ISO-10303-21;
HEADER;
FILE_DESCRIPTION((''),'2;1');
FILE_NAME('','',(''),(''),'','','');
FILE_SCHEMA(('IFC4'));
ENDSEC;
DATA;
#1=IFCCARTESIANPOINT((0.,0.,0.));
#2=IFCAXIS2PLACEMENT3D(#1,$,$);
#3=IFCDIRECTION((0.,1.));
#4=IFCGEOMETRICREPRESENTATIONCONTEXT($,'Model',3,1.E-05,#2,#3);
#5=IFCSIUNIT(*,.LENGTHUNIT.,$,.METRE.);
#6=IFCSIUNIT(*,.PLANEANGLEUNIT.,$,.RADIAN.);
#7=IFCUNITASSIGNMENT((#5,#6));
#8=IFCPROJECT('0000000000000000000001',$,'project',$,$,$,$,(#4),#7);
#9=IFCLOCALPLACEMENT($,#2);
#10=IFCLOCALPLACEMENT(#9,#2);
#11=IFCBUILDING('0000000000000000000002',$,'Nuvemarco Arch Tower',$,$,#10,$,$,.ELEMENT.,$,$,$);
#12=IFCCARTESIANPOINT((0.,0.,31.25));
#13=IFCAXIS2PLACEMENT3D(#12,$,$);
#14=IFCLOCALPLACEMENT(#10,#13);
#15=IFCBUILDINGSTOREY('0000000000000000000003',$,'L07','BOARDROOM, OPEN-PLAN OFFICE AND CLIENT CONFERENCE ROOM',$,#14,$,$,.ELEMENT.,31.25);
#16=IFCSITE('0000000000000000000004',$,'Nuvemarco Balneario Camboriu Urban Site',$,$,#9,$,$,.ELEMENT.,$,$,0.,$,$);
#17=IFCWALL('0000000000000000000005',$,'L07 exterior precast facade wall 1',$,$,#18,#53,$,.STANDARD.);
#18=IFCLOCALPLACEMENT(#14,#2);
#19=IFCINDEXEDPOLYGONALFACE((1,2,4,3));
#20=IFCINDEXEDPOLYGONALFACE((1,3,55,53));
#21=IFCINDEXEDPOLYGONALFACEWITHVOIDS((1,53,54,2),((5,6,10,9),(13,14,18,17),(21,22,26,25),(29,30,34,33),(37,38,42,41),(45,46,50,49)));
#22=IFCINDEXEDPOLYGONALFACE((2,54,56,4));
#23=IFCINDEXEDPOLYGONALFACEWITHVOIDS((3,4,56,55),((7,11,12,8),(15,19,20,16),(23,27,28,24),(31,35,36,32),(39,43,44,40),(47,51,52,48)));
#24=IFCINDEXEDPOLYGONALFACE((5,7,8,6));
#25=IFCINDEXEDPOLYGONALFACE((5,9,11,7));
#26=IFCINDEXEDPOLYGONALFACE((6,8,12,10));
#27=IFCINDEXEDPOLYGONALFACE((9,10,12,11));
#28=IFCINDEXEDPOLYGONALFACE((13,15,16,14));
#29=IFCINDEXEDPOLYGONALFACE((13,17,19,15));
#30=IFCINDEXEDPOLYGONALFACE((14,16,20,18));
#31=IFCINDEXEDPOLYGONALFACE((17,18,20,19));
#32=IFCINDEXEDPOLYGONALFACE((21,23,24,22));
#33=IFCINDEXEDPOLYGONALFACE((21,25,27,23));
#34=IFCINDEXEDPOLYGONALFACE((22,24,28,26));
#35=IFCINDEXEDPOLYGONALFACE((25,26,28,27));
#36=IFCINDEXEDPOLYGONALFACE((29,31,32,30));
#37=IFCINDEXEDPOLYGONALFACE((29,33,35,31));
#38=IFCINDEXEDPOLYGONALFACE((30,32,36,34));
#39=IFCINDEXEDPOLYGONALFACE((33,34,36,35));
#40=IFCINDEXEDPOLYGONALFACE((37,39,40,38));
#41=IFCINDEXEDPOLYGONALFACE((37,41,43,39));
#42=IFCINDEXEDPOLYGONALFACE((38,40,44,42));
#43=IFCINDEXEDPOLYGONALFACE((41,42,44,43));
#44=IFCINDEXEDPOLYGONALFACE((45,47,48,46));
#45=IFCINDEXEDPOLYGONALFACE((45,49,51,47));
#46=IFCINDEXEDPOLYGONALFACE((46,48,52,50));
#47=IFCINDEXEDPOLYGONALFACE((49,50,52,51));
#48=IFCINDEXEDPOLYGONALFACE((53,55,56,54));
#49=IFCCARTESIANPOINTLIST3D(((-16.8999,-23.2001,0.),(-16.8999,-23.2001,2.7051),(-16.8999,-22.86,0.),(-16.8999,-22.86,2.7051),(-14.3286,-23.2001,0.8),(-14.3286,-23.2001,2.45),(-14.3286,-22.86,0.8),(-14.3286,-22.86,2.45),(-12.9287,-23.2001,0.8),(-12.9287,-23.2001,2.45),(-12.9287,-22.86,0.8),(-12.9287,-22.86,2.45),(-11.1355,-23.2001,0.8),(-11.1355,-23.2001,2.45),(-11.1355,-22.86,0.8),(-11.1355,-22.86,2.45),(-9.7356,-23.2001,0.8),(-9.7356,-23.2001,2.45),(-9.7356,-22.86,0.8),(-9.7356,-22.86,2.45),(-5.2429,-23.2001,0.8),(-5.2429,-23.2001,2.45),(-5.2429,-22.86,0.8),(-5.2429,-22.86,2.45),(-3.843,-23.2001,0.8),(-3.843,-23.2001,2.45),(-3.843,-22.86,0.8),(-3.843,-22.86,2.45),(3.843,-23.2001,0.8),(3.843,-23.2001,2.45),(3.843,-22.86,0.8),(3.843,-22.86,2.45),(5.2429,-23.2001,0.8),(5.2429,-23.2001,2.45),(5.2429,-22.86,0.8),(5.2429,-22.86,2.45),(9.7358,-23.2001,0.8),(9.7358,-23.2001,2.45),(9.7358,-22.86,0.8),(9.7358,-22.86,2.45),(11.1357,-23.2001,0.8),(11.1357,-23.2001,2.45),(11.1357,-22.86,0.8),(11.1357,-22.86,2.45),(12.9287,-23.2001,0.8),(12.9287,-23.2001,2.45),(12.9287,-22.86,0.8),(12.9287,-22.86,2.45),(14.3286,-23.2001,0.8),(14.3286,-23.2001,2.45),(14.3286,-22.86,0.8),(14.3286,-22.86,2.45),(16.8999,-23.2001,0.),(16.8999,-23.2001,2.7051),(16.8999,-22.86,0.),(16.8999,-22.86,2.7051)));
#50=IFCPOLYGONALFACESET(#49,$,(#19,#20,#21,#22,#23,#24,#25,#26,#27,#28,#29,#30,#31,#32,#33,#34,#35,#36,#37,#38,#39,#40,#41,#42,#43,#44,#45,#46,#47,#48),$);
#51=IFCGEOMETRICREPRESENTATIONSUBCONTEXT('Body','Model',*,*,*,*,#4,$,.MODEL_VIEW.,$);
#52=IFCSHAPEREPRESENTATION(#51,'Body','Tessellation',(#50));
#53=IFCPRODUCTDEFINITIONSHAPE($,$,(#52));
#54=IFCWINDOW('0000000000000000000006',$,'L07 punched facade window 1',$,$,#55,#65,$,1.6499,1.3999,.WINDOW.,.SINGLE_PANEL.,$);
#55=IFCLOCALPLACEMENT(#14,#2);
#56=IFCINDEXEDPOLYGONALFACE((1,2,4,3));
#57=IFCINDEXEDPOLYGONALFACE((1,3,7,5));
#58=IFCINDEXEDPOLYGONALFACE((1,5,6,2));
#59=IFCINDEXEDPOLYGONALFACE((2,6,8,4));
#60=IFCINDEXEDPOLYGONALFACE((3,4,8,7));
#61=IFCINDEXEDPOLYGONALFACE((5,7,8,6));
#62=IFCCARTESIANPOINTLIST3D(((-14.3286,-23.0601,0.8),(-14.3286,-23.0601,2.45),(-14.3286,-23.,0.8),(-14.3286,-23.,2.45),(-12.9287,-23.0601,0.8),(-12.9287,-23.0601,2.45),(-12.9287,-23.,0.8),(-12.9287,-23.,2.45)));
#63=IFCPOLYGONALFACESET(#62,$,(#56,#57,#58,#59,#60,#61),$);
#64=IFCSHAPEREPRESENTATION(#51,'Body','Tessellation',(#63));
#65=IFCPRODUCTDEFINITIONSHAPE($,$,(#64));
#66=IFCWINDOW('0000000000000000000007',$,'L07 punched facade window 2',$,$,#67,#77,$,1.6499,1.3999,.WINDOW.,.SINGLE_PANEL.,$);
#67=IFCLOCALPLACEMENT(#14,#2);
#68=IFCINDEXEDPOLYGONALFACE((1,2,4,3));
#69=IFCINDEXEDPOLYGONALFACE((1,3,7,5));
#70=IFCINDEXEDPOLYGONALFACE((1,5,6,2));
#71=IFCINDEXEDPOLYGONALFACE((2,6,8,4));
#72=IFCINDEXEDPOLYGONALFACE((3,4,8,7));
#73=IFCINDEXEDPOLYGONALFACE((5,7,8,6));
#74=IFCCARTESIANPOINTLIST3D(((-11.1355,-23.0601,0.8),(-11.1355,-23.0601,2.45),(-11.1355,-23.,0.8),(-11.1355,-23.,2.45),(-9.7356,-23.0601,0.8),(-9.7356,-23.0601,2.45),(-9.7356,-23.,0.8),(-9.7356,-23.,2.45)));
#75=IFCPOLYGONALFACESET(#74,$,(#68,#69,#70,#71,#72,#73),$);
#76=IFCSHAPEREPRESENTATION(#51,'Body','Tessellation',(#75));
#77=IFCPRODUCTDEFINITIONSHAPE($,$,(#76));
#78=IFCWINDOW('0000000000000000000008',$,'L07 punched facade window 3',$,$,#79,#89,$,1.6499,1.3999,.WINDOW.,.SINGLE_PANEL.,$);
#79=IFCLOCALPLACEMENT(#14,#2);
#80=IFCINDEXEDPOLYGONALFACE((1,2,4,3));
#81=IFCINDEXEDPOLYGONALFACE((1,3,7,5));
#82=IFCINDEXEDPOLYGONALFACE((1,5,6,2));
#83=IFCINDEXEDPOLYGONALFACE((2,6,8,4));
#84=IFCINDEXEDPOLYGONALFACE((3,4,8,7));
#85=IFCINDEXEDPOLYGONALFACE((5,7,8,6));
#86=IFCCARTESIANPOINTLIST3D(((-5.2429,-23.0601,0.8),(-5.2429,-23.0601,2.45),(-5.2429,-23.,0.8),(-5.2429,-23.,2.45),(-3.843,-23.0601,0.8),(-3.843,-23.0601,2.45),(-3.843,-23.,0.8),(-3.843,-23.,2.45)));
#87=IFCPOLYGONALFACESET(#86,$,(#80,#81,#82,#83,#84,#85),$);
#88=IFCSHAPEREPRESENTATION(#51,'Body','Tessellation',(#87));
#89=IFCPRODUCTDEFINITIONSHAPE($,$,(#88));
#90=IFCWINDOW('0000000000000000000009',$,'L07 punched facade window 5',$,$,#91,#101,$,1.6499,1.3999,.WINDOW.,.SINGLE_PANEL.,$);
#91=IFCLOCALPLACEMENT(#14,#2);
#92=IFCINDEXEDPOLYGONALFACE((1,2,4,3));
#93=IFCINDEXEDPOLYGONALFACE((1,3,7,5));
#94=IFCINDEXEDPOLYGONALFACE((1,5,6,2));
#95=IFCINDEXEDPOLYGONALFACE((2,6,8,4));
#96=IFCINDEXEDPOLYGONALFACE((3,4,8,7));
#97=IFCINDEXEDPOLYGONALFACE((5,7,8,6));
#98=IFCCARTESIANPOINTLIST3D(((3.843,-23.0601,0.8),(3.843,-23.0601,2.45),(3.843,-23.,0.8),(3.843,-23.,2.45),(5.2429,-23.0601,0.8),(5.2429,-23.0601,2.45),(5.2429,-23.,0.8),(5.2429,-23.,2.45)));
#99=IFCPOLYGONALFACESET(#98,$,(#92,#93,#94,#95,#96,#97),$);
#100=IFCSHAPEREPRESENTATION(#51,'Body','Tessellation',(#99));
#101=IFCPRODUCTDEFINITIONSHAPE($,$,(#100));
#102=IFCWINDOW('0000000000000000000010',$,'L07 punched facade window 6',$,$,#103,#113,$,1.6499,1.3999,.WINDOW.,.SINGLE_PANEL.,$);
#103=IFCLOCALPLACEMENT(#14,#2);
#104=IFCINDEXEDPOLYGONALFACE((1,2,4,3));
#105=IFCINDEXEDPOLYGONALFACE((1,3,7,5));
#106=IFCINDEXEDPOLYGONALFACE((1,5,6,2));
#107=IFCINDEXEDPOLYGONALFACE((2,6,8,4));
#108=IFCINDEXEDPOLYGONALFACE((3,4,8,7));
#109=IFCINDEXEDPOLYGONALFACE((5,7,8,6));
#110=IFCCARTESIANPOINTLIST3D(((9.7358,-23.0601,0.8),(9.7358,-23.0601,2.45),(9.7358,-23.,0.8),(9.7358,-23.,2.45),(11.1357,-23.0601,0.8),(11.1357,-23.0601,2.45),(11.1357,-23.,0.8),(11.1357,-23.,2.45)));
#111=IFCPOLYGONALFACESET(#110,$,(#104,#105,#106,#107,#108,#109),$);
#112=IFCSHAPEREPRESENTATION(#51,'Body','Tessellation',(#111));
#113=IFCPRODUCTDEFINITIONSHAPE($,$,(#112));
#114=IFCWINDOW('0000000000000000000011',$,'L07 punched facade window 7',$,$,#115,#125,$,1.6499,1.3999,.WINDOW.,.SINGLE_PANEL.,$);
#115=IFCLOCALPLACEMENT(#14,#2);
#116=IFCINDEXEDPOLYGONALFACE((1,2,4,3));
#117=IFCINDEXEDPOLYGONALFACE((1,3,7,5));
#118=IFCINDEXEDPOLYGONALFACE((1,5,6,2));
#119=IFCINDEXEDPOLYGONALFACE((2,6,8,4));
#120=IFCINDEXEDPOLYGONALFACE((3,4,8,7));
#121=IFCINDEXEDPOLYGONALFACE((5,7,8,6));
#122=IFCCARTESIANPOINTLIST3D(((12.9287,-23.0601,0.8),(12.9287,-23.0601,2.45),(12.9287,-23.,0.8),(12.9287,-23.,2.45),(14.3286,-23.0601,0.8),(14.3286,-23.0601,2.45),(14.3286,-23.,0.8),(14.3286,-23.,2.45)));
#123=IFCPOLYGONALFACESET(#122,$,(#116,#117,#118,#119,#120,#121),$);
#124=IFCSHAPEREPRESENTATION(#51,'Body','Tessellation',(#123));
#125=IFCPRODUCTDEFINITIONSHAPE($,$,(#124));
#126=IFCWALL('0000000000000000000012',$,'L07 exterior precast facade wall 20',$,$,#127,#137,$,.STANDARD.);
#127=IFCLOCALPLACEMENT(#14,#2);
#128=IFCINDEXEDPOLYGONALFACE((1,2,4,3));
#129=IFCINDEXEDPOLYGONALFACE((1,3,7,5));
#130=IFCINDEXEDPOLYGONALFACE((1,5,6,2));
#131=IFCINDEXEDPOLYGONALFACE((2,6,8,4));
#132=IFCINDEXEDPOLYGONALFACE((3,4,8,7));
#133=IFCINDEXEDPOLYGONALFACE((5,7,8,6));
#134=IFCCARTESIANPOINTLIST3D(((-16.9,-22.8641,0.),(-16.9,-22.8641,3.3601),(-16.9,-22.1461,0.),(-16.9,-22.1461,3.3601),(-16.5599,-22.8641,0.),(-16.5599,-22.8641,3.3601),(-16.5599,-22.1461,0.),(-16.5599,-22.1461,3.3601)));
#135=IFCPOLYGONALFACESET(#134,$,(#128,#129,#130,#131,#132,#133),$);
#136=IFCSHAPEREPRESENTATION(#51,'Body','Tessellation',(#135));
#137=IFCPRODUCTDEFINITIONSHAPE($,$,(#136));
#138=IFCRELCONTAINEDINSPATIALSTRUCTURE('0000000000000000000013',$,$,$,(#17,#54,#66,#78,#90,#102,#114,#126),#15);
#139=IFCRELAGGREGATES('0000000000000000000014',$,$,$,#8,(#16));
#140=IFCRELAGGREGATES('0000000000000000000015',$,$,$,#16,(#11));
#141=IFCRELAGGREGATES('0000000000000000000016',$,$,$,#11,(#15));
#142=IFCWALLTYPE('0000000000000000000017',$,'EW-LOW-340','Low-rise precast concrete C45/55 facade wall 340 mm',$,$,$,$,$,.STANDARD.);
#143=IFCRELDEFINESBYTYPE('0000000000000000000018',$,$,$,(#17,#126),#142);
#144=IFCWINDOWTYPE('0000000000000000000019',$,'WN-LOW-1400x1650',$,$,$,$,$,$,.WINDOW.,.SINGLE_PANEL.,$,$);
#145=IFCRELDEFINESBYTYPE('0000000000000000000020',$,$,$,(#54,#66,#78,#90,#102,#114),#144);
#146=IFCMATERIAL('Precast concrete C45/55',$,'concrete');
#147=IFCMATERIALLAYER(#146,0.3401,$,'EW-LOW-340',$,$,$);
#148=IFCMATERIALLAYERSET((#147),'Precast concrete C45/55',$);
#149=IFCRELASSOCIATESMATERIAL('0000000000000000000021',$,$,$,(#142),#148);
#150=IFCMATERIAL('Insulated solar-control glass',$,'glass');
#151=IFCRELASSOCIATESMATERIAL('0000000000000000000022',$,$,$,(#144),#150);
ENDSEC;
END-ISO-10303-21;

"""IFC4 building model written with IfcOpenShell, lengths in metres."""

from ifc_helpers import new_model, si_unit, direction, frame, frame_2d, origin, place, context, subcontext, project, spatial, rectangle, extrude, source, transform, mapped, material, layer, layer_set, type_object, type_shapes, element, fill, save


model = new_model("IFC4")

# Units and contexts
model_context = context("Model", 3, precision=1e-05, world=origin(), true_north=direction((0.0, 1.0)))
body_context = subcontext(model_context, "Body", "Model", "MODEL_VIEW")
ifc_project = project(units=[si_unit("LENGTHUNIT", "METRE"), si_unit("PLANEANGLEUNIT", "RADIAN")], contexts=[model_context])

# Site, building, storey
site_placement = place(None, origin())
site = spatial("IfcSite", under=ifc_project, at=site_placement, Name="Nuvemarco Balneario Camboriu Urban Site", CompositionType="ELEMENT", RefElevation=0.0)
building_placement = place(site_placement, origin())
building = spatial("IfcBuilding", under=site, at=building_placement, Name="Nuvemarco Arch Tower", CompositionType="ELEMENT")
storey_placement = place(building_placement, frame((0.0, 0.0, 31.25)))
storey = spatial("IfcBuildingStorey", under=building, at=storey_placement, Name="L07", Description="BOARDROOM, OPEN-PLAN OFFICE AND CLIENT CONFERENCE ROOM", CompositionType="ELEMENT", Elevation=31.25)

# Wall, openings, windows
ifc_material_1 = material(Name="Precast concrete C45/55", Category="concrete")
ifc_layer_1 = layer(ifc_material_1, 0.3401, Name="EW-LOW-340")
ifc_layer_set_1 = layer_set([ifc_layer_1], Name="Precast concrete C45/55")
wall_type_1 = type_object("IfcWallType", Name="EW-LOW-340", Description="Low-rise precast concrete C45/55 facade wall 340 mm", PredefinedType="STANDARD", material=ifc_layer_set_1)
wall_1_placement = place(storey_placement, frame((-16.8999, -23.03, 0.0), z_axis=(0.0, 0.0, 1.0), x_axis=(1.0, 0.0, 0.0)))
wall_1 = element("IfcWall", 1, at=wall_1_placement, inside=storey, type_object=wall_type_1, Name="L07 exterior precast facade wall 1", PredefinedType="STANDARD", context=body_context, shape_type="SweptSolid", body=[
    extrude(rectangle(XDim=33.7998, YDim=0.3401, at=frame_2d((16.8999, 0.0))), origin(), (0.0, 0.0, 1.0), 2.7051),
])
opening_1_placement = place(wall_1_placement, frame((2.5713, 0.0, 0.8)))
opening_1 = element("IfcOpeningElement", 2, at=opening_1_placement, cuts=wall_1, PredefinedType="OPENING", context=body_context, shape_type="SweptSolid", body=[
    extrude(rectangle(XDim=1.3999, YDim=1.6499, at=frame_2d((0.7, 0.825))), frame((0.0, 0.1799, 0.0), z_axis=(0.0, -1.0, 0.0), x_axis=(1.0, 0.0, 0.0)), (0.0, 0.0, 1.0), 0.3601),
])
opening_2_placement = place(wall_1_placement, frame((5.7644, 0.0, 0.8)))
opening_2 = element("IfcOpeningElement", 3, at=opening_2_placement, cuts=wall_1, PredefinedType="OPENING", context=body_context, shape_type="SweptSolid", body=[
    extrude(rectangle(XDim=1.3999, YDim=1.6499, at=frame_2d((0.7, 0.825))), frame((0.0, 0.1799, 0.0), z_axis=(0.0, -1.0, 0.0), x_axis=(1.0, 0.0, 0.0)), (0.0, 0.0, 1.0), 0.3601),
])
opening_3_placement = place(wall_1_placement, frame((11.657, 0.0, 0.8)))
opening_3 = element("IfcOpeningElement", 4, at=opening_3_placement, cuts=wall_1, PredefinedType="OPENING", context=body_context, shape_type="SweptSolid", body=[
    extrude(rectangle(XDim=1.3999, YDim=1.6499, at=frame_2d((0.7, 0.825))), frame((0.0, 0.1799, 0.0), z_axis=(0.0, -1.0, 0.0), x_axis=(1.0, 0.0, 0.0)), (0.0, 0.0, 1.0), 0.3601),
])
opening_4_placement = place(wall_1_placement, frame((20.7429, 0.0, 0.8)))
opening_4 = element("IfcOpeningElement", 5, at=opening_4_placement, cuts=wall_1, PredefinedType="OPENING", context=body_context, shape_type="SweptSolid", body=[
    extrude(rectangle(XDim=1.3999, YDim=1.6499, at=frame_2d((0.7, 0.825))), frame((0.0, 0.1799, 0.0), z_axis=(0.0, -1.0, 0.0), x_axis=(1.0, 0.0, 0.0)), (0.0, 0.0, 1.0), 0.3601),
])
opening_5_placement = place(wall_1_placement, frame((26.6357, 0.0, 0.8)))
opening_5 = element("IfcOpeningElement", 6, at=opening_5_placement, cuts=wall_1, PredefinedType="OPENING", context=body_context, shape_type="SweptSolid", body=[
    extrude(rectangle(XDim=1.3999, YDim=1.6499, at=frame_2d((0.7, 0.825))), frame((0.0, 0.1799, 0.0), z_axis=(0.0, -1.0, 0.0), x_axis=(1.0, 0.0, 0.0)), (0.0, 0.0, 1.0), 0.3601),
])
opening_6_placement = place(wall_1_placement, frame((29.8286, 0.0, 0.8)))
opening_6 = element("IfcOpeningElement", 7, at=opening_6_placement, cuts=wall_1, PredefinedType="OPENING", context=body_context, shape_type="SweptSolid", body=[
    extrude(rectangle(XDim=1.3999, YDim=1.6499, at=frame_2d((0.7, 0.825))), frame((0.0, 0.1799, 0.0), z_axis=(0.0, -1.0, 0.0), x_axis=(1.0, 0.0, 0.0)), (0.0, 0.0, 1.0), 0.3601),
])
ifc_material_2 = material(Name="Insulated solar-control glass", Category="glass")
window_type = type_object("IfcWindowType", Name="WN-LOW-1400x1650", PartitioningType="SINGLE_PANEL", PredefinedType="WINDOW", material=ifc_material_2)
shared_shape_1 = source(origin(), body_context, "Body", "SweptSolid", [
    extrude(rectangle(XDim=1.3999, YDim=1.6499, at=frame_2d((0.7, 0.825))), frame((0.0, 0.03, 0.0), z_axis=(0.0, -1.0, 0.0), x_axis=(1.0, 0.0, 0.0)), (0.0, 0.0, 1.0), 0.0601),
])
type_shapes(window_type, [shared_shape_1])
window_1_placement = place(opening_1_placement, origin())
window_1 = element("IfcWindow", 8, at=window_1_placement, inside=storey, type_object=window_type, Name="L07 punched facade window 1", OverallHeight=1.6499, OverallWidth=1.3999, PartitioningType="SINGLE_PANEL", PredefinedType="WINDOW", context=body_context, shape_type="MappedRepresentation", body=[
    mapped(shared_shape_1, transform((0.0, 0.0, 0.0), scale=1.0)),
])
fill(opening_1, window_1)
window_2_placement = place(opening_2_placement, origin())
window_2 = element("IfcWindow", 9, at=window_2_placement, inside=storey, type_object=window_type, Name="L07 punched facade window 2", OverallHeight=1.6499, OverallWidth=1.3999, PartitioningType="SINGLE_PANEL", PredefinedType="WINDOW", context=body_context, shape_type="MappedRepresentation", body=[
    mapped(shared_shape_1, transform((0.0, 0.0, 0.0), scale=1.0)),
])
fill(opening_2, window_2)
window_3_placement = place(opening_3_placement, origin())
window_3 = element("IfcWindow", 10, at=window_3_placement, inside=storey, type_object=window_type, Name="L07 punched facade window 3", OverallHeight=1.6499, OverallWidth=1.3999, PartitioningType="SINGLE_PANEL", PredefinedType="WINDOW", context=body_context, shape_type="MappedRepresentation", body=[
    mapped(shared_shape_1, transform((0.0, 0.0, 0.0), scale=1.0)),
])
fill(opening_3, window_3)
window_4_placement = place(opening_4_placement, origin())
window_4 = element("IfcWindow", 11, at=window_4_placement, inside=storey, type_object=window_type, Name="L07 punched facade window 5", OverallHeight=1.6499, OverallWidth=1.3999, PartitioningType="SINGLE_PANEL", PredefinedType="WINDOW", context=body_context, shape_type="MappedRepresentation", body=[
    mapped(shared_shape_1, transform((0.0, 0.0, 0.0), scale=1.0)),
])
fill(opening_4, window_4)
window_5_placement = place(opening_5_placement, origin())
window_5 = element("IfcWindow", 12, at=window_5_placement, inside=storey, type_object=window_type, Name="L07 punched facade window 6", OverallHeight=1.6499, OverallWidth=1.3999, PartitioningType="SINGLE_PANEL", PredefinedType="WINDOW", context=body_context, shape_type="MappedRepresentation", body=[
    mapped(shared_shape_1, transform((0.0, 0.0, 0.0), scale=1.0)),
])
fill(opening_5, window_5)
window_6_placement = place(opening_6_placement, origin())
window_6 = element("IfcWindow", 13, at=window_6_placement, inside=storey, type_object=window_type, Name="L07 punched facade window 7", OverallHeight=1.6499, OverallWidth=1.3999, PartitioningType="SINGLE_PANEL", PredefinedType="WINDOW", context=body_context, shape_type="MappedRepresentation", body=[
    mapped(shared_shape_1, transform((0.0, 0.0, 0.0), scale=1.0)),
])
fill(opening_6, window_6)

# Wall
wall_2_placement = place(storey_placement, frame((-16.73, -22.864, 0.0), z_axis=(0.0, 0.0, 1.0), x_axis=(0.0, 1.0, 0.0)))
element("IfcWall", 14, at=wall_2_placement, inside=storey, type_object=wall_type_1, Name="L07 exterior precast facade wall 20", PredefinedType="STANDARD", context=body_context, shape_type="SweptSolid", body=[
    extrude(rectangle(XDim=0.718, YDim=0.3401, at=frame_2d((0.3589, 0.0))), origin(), (0.0, 0.0, 1.0), 3.3601),
])

save(model, "model.ifc")
